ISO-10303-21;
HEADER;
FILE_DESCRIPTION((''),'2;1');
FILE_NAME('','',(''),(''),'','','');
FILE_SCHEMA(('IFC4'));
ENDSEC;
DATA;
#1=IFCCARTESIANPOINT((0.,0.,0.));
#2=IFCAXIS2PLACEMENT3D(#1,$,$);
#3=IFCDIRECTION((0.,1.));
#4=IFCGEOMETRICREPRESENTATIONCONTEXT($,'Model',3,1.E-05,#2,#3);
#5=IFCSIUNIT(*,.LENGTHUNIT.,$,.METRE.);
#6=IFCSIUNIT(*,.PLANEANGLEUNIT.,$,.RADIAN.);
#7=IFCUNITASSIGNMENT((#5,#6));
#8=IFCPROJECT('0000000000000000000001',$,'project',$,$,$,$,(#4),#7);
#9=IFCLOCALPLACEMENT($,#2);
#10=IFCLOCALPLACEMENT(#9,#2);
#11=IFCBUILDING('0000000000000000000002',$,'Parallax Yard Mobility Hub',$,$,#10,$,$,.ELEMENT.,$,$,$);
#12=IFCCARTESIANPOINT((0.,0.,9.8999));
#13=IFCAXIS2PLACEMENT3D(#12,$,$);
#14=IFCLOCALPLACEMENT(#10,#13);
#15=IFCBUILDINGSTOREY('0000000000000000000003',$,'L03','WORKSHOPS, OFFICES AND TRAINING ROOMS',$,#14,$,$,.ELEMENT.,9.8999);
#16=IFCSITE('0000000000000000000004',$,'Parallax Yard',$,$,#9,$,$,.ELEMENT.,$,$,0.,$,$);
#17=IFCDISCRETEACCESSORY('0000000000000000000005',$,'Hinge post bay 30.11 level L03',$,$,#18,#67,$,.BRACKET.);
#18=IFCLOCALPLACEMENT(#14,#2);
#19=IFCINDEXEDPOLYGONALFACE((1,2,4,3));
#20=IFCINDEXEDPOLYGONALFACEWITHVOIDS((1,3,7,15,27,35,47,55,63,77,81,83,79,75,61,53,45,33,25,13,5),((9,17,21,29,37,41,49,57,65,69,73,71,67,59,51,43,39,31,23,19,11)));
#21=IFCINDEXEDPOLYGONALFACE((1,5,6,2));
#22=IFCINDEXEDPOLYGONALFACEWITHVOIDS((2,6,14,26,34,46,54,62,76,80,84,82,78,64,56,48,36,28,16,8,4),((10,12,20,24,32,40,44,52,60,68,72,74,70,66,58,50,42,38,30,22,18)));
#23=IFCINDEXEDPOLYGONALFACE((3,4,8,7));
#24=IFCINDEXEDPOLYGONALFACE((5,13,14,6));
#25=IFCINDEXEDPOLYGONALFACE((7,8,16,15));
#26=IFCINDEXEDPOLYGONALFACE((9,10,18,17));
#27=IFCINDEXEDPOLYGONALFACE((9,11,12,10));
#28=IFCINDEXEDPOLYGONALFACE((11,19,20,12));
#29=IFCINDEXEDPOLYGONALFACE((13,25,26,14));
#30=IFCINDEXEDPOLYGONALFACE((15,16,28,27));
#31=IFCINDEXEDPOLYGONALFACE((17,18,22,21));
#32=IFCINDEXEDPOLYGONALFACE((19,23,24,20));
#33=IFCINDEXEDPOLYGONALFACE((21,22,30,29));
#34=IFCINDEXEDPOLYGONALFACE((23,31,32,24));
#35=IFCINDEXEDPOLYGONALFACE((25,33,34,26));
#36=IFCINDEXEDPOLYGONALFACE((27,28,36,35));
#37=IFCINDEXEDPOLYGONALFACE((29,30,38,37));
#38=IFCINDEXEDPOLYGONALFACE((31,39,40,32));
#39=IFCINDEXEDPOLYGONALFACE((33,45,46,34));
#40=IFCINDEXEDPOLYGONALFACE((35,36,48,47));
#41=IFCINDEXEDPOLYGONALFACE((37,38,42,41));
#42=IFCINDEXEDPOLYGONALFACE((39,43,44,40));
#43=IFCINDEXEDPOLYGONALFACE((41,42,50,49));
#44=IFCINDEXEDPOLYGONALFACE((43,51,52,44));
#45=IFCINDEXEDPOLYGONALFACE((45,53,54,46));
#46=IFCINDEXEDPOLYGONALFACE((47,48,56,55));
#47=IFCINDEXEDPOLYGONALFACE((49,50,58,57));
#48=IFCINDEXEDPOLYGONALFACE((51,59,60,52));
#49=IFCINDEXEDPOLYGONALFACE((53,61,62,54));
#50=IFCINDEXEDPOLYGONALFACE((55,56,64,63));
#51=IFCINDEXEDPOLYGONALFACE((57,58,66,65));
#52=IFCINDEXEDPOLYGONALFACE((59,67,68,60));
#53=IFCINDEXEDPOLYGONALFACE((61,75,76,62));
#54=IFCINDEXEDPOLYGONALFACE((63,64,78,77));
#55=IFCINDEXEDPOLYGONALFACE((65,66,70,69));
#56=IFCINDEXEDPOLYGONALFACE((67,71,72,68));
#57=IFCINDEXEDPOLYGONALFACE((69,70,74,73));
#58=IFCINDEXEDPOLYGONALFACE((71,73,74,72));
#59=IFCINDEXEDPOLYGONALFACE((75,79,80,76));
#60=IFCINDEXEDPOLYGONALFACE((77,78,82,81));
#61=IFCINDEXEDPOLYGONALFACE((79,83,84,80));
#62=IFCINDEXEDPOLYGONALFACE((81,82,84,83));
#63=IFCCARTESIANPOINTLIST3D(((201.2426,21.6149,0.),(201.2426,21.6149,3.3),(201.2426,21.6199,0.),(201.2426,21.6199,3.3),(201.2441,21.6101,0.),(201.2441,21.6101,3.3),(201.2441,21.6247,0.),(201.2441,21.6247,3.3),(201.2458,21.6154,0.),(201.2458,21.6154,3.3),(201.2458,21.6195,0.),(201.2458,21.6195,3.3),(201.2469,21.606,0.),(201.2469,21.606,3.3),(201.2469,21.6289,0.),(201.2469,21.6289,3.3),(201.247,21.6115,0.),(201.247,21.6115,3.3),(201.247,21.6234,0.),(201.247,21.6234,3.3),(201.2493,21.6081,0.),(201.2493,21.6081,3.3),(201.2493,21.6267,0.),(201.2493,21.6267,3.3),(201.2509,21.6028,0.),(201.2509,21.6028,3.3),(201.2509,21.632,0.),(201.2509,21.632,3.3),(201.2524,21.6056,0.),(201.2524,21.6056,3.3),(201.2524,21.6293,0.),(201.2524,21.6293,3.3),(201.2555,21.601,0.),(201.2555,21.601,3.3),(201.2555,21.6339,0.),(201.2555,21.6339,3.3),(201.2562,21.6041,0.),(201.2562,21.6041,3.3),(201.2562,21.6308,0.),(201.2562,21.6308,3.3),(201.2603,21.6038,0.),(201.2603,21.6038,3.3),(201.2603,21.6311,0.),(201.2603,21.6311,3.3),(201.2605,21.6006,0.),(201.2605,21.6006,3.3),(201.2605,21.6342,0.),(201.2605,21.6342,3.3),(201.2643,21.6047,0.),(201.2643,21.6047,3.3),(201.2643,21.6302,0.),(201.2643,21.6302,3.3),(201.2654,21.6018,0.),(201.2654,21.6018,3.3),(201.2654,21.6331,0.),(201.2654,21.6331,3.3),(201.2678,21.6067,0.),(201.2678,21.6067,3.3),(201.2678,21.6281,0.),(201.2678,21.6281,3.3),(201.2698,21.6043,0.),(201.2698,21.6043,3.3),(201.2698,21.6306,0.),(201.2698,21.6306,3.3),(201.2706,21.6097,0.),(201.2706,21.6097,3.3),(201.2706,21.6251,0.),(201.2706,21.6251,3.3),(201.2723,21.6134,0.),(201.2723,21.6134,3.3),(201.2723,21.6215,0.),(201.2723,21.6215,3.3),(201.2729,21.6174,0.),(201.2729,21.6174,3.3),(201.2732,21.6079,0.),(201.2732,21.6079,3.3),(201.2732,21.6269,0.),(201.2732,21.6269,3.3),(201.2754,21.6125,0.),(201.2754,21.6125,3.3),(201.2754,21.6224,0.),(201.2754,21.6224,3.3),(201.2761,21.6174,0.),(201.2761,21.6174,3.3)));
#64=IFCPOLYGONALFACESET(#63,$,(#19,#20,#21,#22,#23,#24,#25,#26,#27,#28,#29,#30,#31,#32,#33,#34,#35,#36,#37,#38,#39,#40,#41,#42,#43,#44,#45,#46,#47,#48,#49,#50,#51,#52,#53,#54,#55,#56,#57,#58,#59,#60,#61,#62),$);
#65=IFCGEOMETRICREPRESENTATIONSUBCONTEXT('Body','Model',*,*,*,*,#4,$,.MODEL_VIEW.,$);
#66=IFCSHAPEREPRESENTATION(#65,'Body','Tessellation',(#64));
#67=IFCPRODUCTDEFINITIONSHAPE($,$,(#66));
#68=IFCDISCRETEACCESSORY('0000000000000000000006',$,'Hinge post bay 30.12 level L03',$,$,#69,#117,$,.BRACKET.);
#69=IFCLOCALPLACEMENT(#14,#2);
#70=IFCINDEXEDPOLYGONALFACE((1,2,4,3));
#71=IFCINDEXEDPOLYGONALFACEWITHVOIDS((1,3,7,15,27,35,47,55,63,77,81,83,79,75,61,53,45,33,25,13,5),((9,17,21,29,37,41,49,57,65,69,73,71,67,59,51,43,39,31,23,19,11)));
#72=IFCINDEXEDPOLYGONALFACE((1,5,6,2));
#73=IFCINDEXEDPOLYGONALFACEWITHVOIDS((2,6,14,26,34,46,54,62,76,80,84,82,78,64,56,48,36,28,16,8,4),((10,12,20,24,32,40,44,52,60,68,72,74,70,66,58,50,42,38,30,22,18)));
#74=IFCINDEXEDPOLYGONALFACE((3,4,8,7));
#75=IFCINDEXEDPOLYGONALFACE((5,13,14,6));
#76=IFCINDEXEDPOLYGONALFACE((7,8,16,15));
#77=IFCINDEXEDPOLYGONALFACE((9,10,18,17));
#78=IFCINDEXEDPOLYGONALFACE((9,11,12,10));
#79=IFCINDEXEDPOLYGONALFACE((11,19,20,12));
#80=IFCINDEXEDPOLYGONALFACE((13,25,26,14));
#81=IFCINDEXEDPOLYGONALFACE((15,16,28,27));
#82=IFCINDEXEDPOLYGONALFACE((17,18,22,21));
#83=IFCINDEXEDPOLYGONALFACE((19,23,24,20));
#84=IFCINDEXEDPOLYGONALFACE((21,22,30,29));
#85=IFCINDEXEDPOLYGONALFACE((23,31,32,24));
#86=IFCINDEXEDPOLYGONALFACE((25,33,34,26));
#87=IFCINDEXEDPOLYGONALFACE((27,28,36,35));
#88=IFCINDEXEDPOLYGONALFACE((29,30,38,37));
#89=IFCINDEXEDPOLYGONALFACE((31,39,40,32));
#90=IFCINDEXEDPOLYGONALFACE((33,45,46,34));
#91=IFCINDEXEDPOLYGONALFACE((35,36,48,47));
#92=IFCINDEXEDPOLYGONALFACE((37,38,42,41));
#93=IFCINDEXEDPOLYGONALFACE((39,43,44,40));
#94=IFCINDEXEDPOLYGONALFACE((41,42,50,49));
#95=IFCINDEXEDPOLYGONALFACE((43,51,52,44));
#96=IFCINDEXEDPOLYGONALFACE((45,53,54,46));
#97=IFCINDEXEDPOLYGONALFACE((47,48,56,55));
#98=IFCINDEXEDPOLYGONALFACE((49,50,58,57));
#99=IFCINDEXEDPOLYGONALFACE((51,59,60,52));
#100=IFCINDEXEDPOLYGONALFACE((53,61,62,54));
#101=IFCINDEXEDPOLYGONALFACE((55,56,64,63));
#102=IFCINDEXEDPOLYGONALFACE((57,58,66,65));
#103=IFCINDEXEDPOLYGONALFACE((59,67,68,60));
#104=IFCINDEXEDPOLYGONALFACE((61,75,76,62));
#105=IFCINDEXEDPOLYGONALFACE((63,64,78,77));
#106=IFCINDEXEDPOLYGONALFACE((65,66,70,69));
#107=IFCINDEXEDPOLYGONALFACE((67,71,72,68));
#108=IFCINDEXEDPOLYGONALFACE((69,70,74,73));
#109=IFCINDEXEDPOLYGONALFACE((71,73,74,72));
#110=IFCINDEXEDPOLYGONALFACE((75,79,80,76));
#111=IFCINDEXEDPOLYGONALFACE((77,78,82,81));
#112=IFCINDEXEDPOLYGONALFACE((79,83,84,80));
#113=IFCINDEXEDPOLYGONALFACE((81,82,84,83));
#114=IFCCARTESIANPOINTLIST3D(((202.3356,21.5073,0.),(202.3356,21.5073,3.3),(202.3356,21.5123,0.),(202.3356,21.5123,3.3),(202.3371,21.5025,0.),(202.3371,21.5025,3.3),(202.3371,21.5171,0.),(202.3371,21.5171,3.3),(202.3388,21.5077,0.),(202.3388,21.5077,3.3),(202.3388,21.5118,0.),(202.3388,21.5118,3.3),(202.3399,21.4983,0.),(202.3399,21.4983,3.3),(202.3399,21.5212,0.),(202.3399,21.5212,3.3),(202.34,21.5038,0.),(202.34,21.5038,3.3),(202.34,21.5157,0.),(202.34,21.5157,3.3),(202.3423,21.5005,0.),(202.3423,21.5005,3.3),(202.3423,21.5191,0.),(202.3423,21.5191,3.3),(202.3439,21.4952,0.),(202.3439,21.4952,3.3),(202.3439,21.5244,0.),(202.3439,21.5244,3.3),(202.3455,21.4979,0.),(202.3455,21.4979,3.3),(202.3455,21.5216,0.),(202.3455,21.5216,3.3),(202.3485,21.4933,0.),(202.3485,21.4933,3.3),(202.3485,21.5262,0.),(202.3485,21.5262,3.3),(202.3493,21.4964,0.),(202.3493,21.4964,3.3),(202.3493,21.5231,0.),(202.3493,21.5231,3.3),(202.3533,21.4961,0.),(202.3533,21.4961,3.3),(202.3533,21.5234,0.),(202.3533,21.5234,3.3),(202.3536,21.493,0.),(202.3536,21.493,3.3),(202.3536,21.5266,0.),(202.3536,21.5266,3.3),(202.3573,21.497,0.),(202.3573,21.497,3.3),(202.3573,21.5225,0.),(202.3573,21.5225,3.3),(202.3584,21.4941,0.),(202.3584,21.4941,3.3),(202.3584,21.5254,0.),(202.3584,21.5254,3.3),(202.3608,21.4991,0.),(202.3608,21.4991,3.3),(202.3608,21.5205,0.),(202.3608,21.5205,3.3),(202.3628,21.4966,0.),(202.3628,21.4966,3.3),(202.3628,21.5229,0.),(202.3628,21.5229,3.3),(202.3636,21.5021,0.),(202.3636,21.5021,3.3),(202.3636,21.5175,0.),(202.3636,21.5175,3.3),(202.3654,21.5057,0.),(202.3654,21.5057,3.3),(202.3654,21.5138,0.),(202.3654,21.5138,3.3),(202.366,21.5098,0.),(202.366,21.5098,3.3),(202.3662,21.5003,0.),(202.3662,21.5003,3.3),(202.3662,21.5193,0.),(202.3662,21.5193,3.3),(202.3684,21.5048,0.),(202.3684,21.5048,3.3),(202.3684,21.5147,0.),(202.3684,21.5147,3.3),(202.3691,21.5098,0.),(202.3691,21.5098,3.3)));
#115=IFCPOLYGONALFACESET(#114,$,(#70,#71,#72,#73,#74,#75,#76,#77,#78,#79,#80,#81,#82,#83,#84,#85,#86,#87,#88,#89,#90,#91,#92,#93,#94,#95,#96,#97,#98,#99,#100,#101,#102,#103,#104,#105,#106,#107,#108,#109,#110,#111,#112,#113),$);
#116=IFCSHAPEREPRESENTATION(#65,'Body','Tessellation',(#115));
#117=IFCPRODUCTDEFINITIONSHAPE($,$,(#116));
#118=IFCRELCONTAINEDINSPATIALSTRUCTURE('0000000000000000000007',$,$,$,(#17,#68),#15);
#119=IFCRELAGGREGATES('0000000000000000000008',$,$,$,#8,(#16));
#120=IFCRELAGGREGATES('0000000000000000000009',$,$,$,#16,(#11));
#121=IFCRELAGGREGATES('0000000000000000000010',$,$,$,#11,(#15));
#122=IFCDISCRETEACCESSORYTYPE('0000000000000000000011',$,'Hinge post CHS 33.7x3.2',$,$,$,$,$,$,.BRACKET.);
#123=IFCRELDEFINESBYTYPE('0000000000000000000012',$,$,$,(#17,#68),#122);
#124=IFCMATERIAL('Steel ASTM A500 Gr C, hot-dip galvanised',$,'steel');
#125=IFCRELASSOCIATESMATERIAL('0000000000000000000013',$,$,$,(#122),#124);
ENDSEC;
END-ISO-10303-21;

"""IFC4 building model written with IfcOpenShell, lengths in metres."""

from ifc_helpers import new_model, si_unit, direction, frame, origin, origin_2d, place, context, subcontext, project, spatial, hollow_circle, extrude, material, material_profile, profile_set, type_object, element, save


model = new_model("IFC4")

# Units and contexts
model_context = context("Model", 3, precision=1e-05, world=origin(), true_north=direction((0.0, 1.0)))
body_context = subcontext(model_context, "Body", "Model", "MODEL_VIEW")
ifc_project = project(units=[si_unit("LENGTHUNIT", "METRE"), si_unit("PLANEANGLEUNIT", "RADIAN")], contexts=[model_context])

# Site, building, storey
site_placement = place(None, origin())
site = spatial("IfcSite", under=ifc_project, at=site_placement, Name="Parallax Yard", CompositionType="ELEMENT", RefElevation=0.0)
building_placement = place(site_placement, origin())
building = spatial("IfcBuilding", under=site, at=building_placement, Name="Parallax Yard Mobility Hub", CompositionType="ELEMENT")
storey_placement = place(building_placement, frame((0.0, 0.0, 9.8999)))
storey = spatial("IfcBuildingStorey", under=building, at=storey_placement, Name="L03", Description="WORKSHOPS, OFFICES AND TRAINING ROOMS", CompositionType="ELEMENT", Elevation=9.8999)

# Discrete accessories
ifc_material_1 = material(Name="Steel ASTM A500 Gr C, hot-dip galvanised", Category="steel")
ifc_material_profile_1 = material_profile(ifc_material_1, hollow_circle(Radius=0.0168, WallThickness=0.0032, at=origin_2d()), Name="CHS 33.7x3.2")
ifc_profile_set_1 = profile_set([ifc_material_profile_1], Name="Steel ASTM A500 Gr C, hot-dip galvanised")
discrete_accessory_type_1 = type_object("IfcDiscreteAccessoryType", Name="Hinge post CHS 33.7x3.2", PredefinedType="BRACKET", material=ifc_profile_set_1)
for number, where, z_axis, x_axis, name in (
    (1, (201.2593, 21.6174, 0.0), (0.0, 0.0, 1.0), (1.0, 0.0, 0.0), "Hinge post bay 30.11 level L03"),
    (2, (202.3523, 21.5098, 0.0), (0.0, 0.0, 1.0), (1.0, 0.0, 0.0), "Hinge post bay 30.12 level L03"),
):
    element("IfcDiscreteAccessory", number, at=place(storey_placement, frame(where, z_axis=z_axis, x_axis=x_axis)), inside=storey, type_object=discrete_accessory_type_1, Name=name, PredefinedType="BRACKET", context=body_context, shape_type="SweptSolid", body=[
        extrude(hollow_circle(Radius=0.0168, WallThickness=0.0032, at=origin_2d()), origin(), (0.0, 0.0, 1.0), 3.3),
    ])

save(model, "model.ifc")
